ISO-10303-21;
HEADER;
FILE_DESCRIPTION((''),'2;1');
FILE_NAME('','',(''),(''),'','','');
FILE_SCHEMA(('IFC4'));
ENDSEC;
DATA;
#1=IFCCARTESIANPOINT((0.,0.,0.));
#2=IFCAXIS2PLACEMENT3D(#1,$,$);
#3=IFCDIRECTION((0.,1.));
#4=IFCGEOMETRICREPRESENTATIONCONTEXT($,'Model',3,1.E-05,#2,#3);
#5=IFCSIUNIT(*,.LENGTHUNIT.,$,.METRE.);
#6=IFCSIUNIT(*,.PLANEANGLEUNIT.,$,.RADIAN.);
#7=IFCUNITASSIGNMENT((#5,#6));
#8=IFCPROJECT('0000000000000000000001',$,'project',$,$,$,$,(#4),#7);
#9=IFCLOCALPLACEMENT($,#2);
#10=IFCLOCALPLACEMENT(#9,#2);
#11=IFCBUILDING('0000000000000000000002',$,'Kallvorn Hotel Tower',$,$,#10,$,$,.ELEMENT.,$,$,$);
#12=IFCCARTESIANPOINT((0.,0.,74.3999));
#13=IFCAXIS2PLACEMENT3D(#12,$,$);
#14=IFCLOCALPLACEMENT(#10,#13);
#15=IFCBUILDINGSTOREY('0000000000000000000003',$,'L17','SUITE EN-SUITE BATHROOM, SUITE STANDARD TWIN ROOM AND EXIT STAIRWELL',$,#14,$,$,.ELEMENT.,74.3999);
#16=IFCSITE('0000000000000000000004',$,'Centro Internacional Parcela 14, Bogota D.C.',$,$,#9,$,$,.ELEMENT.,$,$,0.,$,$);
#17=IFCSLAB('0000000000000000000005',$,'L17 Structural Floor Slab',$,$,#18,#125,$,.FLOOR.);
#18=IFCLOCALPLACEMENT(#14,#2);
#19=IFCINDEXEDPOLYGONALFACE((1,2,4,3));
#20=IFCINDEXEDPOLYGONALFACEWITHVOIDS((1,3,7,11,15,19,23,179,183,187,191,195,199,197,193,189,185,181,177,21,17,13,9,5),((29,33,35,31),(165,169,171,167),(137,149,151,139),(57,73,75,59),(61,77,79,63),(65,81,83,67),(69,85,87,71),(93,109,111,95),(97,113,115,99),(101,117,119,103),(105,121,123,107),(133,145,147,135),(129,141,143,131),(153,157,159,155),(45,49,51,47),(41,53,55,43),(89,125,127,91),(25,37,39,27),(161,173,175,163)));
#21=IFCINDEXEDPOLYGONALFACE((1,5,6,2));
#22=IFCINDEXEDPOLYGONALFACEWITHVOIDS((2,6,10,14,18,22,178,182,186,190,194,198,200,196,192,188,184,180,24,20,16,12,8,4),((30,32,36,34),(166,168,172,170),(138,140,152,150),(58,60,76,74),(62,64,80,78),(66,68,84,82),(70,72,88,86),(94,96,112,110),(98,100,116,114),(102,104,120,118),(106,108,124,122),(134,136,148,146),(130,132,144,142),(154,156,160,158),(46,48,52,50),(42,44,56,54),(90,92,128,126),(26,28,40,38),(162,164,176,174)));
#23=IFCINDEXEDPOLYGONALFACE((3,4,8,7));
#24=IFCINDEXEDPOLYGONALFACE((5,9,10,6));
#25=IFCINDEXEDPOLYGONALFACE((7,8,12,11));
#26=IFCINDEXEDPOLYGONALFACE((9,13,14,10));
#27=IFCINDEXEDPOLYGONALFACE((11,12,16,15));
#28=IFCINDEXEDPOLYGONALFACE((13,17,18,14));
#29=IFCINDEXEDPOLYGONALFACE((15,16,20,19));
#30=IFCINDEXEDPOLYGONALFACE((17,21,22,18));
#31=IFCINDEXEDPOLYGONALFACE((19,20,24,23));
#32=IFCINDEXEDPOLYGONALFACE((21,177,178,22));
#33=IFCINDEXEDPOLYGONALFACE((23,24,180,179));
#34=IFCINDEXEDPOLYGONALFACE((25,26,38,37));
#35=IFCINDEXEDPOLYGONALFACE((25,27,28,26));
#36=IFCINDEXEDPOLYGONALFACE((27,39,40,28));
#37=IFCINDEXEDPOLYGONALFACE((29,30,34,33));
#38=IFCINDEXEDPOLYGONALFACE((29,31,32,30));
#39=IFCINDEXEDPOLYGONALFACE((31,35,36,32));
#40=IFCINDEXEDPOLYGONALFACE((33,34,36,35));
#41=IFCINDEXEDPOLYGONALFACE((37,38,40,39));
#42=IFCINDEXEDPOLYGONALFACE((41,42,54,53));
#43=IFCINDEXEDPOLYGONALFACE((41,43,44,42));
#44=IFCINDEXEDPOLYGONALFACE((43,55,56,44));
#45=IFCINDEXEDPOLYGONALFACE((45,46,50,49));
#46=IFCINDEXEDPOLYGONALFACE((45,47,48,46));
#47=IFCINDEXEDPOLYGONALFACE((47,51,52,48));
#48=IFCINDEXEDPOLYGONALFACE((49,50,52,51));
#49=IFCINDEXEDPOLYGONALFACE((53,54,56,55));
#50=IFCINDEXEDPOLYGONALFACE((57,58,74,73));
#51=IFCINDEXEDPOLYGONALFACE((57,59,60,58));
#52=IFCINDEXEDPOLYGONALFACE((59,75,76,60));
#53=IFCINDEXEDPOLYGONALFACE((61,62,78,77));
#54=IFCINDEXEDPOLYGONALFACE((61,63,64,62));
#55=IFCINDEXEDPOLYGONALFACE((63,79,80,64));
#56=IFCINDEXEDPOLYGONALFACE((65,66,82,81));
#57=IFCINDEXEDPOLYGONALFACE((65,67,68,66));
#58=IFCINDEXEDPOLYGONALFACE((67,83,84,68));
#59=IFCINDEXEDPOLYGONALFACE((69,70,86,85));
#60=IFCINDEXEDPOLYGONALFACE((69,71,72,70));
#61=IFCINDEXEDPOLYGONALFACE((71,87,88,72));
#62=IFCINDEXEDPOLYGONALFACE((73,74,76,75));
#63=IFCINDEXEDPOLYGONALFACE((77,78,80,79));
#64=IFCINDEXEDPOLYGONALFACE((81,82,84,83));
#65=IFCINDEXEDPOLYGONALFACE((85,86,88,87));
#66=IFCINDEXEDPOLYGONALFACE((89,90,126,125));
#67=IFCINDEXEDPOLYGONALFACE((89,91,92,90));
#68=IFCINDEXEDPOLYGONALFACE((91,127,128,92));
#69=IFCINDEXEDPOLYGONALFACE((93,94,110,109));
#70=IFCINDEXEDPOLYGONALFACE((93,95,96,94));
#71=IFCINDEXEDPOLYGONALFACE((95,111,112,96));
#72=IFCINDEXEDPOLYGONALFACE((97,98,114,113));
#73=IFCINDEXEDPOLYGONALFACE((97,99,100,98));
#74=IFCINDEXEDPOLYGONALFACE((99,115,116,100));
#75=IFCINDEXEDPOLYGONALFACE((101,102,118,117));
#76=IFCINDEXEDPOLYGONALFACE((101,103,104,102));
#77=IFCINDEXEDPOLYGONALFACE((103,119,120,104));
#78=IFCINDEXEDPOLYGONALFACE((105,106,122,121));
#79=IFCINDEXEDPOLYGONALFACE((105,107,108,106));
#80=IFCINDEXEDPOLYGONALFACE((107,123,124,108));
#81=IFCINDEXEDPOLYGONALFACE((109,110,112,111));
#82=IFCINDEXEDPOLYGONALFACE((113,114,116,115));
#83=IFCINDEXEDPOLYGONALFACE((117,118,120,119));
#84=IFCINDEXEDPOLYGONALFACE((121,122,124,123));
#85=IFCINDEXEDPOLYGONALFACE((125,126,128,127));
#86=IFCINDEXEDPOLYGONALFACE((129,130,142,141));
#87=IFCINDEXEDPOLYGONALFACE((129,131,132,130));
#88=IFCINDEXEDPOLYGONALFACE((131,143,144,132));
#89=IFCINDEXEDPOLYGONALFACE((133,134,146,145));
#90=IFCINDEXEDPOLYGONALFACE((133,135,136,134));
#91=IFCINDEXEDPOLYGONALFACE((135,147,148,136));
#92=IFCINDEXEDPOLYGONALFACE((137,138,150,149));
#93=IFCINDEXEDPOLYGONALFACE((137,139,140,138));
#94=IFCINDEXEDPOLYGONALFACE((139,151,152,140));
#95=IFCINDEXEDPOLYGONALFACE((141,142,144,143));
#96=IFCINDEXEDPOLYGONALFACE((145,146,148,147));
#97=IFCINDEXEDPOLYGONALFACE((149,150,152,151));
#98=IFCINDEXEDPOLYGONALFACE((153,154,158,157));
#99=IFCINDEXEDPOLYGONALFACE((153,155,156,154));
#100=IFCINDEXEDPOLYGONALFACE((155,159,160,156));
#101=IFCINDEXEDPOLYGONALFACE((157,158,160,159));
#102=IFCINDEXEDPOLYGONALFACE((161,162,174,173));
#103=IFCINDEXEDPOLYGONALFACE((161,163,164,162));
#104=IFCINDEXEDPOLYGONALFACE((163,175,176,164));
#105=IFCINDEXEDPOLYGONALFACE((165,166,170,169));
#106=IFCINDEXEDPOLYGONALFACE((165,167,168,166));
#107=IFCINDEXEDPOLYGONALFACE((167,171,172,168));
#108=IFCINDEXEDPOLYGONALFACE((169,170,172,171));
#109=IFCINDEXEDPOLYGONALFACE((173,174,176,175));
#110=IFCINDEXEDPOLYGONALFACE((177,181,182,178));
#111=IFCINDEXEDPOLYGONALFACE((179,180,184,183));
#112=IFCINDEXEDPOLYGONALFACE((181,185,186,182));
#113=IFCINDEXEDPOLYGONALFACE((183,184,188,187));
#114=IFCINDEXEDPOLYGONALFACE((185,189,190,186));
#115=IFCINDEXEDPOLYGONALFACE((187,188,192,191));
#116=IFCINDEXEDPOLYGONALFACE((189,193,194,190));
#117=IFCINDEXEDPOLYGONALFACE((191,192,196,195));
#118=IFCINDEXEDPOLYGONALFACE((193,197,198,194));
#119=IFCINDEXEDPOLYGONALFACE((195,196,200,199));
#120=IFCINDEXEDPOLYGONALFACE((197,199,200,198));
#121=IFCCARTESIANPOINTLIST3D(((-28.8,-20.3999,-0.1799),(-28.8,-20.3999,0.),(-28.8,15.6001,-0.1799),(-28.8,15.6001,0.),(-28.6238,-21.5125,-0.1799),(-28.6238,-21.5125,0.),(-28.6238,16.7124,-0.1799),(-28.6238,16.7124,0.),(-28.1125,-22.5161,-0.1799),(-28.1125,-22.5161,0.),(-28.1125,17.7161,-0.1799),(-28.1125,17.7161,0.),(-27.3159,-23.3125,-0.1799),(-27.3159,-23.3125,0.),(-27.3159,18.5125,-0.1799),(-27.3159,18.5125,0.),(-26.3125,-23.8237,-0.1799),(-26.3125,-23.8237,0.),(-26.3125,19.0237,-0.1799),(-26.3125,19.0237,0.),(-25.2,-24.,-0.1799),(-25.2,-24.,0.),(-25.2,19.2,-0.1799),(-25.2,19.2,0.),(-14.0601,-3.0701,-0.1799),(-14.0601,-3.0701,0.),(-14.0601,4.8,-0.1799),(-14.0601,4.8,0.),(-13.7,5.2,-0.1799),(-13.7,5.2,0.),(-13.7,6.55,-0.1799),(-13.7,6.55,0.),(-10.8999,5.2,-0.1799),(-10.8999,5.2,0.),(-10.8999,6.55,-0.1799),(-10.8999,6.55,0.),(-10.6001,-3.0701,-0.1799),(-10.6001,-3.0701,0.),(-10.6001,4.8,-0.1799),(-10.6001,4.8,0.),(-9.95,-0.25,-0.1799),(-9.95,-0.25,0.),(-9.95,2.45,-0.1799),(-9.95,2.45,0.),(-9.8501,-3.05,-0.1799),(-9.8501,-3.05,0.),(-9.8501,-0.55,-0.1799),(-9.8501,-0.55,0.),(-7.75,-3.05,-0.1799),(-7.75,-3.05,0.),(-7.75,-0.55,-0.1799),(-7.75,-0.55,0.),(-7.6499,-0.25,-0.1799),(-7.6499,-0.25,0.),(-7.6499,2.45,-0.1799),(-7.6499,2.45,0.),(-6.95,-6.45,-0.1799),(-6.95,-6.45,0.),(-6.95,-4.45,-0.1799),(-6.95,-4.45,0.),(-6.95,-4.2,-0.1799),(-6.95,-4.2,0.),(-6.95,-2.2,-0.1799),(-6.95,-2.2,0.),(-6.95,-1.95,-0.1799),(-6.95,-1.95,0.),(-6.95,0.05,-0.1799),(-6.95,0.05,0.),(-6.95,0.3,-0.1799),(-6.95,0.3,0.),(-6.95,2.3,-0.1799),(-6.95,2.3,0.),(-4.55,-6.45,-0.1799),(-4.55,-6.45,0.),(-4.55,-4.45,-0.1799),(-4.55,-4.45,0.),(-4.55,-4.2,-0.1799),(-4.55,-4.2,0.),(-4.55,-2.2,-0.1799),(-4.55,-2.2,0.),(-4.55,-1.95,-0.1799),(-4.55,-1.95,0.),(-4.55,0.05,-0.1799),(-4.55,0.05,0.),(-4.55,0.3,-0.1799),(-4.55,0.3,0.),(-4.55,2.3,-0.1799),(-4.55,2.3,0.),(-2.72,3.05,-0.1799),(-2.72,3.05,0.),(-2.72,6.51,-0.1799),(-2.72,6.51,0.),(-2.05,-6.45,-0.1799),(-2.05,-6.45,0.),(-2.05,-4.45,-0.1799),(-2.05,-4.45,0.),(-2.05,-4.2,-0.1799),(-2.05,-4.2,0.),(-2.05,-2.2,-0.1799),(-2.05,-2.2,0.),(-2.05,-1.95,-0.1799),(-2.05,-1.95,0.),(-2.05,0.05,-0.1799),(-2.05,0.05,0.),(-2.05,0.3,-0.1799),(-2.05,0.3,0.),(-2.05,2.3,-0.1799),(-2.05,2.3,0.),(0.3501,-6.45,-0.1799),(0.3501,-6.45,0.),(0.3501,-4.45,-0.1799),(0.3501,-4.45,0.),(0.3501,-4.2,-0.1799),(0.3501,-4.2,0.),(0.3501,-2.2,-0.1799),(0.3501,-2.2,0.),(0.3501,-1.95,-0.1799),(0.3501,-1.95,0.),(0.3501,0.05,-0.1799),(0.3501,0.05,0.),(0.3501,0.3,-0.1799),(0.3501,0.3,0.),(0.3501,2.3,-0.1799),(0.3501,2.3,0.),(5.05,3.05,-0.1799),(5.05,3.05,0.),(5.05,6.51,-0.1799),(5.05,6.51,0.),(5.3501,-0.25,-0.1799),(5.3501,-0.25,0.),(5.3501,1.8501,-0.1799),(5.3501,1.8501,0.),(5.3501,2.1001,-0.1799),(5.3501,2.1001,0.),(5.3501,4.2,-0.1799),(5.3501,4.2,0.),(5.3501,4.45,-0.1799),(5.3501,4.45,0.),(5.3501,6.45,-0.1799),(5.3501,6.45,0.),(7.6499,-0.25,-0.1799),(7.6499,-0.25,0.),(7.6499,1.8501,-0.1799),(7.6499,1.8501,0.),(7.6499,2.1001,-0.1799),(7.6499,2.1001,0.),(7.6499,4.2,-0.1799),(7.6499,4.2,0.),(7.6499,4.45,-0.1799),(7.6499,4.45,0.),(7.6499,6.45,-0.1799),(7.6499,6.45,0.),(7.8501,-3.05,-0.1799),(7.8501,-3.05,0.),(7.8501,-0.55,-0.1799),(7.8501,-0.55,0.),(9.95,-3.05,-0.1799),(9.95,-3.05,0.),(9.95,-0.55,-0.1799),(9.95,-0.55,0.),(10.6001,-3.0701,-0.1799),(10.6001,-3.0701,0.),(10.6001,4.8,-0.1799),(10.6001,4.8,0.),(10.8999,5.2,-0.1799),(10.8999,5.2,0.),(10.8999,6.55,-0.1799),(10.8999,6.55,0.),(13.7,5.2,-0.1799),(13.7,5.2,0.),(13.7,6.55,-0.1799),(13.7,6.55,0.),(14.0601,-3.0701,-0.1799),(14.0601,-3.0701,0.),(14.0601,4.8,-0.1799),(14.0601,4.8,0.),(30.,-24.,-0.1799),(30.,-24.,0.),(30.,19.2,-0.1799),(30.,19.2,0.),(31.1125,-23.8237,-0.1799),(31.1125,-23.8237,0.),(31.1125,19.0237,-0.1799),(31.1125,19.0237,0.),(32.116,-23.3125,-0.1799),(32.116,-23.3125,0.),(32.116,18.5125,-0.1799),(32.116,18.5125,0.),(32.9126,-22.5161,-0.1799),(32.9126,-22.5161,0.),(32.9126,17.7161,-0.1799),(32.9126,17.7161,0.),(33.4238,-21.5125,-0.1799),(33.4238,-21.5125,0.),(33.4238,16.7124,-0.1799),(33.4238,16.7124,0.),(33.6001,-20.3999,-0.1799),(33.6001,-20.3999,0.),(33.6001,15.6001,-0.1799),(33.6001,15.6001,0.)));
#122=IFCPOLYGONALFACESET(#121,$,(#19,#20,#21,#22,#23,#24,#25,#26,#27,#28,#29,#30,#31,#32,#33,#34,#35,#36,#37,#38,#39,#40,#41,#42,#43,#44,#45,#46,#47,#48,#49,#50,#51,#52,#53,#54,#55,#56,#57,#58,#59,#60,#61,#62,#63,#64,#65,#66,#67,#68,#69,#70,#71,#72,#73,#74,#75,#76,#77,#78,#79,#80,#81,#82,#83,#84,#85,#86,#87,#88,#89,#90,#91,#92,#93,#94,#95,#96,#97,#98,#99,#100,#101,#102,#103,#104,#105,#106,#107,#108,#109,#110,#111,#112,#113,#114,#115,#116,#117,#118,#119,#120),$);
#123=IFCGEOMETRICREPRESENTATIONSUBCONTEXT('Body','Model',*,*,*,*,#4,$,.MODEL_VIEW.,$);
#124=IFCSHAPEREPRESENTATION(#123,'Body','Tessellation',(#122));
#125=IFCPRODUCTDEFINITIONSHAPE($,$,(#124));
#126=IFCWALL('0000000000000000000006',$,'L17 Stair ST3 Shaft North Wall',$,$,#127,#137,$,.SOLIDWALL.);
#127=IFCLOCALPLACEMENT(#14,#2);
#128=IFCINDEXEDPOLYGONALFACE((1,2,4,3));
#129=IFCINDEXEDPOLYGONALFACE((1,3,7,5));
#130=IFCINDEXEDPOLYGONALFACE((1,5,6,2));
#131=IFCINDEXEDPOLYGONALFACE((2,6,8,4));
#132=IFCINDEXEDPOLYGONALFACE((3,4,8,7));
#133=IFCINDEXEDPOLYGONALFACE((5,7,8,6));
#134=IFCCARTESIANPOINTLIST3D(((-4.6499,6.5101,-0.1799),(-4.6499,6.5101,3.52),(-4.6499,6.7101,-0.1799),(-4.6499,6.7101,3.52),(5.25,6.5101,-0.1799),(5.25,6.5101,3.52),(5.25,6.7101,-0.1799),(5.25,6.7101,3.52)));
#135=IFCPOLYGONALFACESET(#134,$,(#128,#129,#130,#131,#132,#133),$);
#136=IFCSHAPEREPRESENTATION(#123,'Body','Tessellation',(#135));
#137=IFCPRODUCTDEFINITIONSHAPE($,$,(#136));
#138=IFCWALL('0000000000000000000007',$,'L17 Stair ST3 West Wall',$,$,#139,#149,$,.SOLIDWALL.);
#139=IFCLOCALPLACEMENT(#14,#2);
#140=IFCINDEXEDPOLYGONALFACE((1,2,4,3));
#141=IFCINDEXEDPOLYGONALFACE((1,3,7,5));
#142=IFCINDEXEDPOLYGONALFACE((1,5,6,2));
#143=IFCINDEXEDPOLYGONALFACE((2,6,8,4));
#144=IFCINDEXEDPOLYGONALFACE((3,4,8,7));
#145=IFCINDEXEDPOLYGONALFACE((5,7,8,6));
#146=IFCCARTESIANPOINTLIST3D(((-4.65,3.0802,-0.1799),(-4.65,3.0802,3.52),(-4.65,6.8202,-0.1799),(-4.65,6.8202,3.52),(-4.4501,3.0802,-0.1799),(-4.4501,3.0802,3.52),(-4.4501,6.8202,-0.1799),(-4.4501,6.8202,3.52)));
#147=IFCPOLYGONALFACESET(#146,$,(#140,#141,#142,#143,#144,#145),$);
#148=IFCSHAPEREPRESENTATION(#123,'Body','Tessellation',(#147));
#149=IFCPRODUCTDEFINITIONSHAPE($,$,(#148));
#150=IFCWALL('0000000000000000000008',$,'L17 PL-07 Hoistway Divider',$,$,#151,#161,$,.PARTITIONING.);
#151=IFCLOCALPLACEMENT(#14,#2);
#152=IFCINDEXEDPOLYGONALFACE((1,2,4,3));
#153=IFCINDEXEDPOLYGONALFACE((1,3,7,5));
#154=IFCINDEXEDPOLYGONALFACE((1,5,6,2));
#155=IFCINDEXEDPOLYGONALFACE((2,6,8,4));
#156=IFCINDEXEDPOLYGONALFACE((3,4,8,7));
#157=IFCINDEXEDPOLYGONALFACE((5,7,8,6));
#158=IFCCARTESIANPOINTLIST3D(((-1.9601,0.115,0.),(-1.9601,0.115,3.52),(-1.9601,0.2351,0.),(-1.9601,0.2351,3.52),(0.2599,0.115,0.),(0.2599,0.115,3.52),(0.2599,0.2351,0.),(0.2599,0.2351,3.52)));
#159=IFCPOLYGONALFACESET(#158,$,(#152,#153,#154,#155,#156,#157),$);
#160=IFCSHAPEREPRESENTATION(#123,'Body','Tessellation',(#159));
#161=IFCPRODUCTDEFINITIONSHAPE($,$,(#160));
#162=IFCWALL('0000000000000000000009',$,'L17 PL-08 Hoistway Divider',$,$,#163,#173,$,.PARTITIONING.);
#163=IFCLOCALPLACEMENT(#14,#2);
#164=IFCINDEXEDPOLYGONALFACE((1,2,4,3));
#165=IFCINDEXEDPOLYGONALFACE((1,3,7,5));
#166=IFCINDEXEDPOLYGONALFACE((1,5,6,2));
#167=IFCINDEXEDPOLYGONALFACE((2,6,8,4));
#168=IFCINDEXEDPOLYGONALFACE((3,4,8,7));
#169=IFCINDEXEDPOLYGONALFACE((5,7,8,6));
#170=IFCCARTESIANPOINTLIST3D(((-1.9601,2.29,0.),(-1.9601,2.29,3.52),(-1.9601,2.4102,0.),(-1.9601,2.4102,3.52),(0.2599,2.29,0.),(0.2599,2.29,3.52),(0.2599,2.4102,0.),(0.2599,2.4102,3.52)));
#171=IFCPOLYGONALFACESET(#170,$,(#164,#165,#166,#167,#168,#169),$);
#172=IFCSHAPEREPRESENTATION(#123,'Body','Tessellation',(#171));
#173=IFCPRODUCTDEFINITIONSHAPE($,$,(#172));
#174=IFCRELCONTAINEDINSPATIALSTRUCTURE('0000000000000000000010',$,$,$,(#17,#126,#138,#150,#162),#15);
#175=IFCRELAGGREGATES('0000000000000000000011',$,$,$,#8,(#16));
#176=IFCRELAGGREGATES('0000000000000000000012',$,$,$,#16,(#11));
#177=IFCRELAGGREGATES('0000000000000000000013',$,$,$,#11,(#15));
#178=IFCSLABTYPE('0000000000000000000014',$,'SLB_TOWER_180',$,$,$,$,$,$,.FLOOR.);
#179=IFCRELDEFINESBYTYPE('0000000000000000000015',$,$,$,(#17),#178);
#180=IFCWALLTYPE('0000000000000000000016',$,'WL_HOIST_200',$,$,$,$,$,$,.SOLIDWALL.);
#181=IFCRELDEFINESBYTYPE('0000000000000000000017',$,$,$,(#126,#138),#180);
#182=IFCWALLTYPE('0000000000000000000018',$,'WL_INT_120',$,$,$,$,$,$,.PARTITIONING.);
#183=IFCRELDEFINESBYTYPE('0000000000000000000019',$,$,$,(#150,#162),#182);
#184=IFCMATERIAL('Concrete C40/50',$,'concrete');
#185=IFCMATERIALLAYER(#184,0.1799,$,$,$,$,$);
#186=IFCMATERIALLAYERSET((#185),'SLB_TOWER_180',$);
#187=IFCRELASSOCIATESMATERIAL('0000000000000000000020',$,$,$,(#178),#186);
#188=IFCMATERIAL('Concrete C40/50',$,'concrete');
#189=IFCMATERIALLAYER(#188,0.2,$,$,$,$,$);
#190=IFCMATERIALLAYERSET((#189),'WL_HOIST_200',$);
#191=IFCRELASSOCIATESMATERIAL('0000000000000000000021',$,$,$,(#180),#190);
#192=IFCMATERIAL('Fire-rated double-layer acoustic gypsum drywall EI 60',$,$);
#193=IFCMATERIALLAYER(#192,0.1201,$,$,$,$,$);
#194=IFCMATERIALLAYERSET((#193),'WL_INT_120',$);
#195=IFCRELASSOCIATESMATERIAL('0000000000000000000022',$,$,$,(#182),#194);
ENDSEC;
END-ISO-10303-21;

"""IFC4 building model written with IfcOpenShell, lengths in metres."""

from ifc_helpers import new_model, si_unit, direction, frame, frame_2d, origin, place, context, subcontext, project, spatial, polyline, rectangle, outline, extrude, material, layer, layer_set, type_object, element, save


model = new_model("IFC4")

# Units and contexts
model_context = context("Model", 3, precision=1e-05, world=origin(), true_north=direction((0.0, 1.0)))
body_context = subcontext(model_context, "Body", "Model", "MODEL_VIEW")
ifc_project = project(units=[si_unit("LENGTHUNIT", "METRE"), si_unit("PLANEANGLEUNIT", "RADIAN")], contexts=[model_context])

# Site, building, storey
site_placement = place(None, origin())
site = spatial("IfcSite", under=ifc_project, at=site_placement, Name="Centro Internacional Parcela 14, Bogota D.C.", CompositionType="ELEMENT", RefElevation=0.0)
building_placement = place(site_placement, origin())
building = spatial("IfcBuilding", under=site, at=building_placement, Name="Kallvorn Hotel Tower", CompositionType="ELEMENT")
storey_placement = place(building_placement, frame((0.0, 0.0, 74.3999)))
storey = spatial("IfcBuildingStorey", under=building, at=storey_placement, Name="L17", Description="SUITE EN-SUITE BATHROOM, SUITE STANDARD TWIN ROOM AND EXIT STAIRWELL", CompositionType="ELEMENT", Elevation=74.3999)

# Slab
ifc_material_1 = material(Name="Concrete C40/50", Category="concrete")
ifc_layer_1 = layer(ifc_material_1, 0.1799)
ifc_layer_set_1 = layer_set([ifc_layer_1], Name="SLB_TOWER_180")
slab_type_1 = type_object("IfcSlabType", Name="SLB_TOWER_180", PredefinedType="FLOOR", material=ifc_layer_set_1)
slab_1_placement = place(storey_placement, frame((0.0, 0.0, -0.1799)))
element("IfcSlab", 1, at=slab_1_placement, inside=storey, type_object=slab_type_1, Name="L17 Structural Floor Slab", PredefinedType="FLOOR", context=body_context, shape_type="SweptSolid", body=[
    extrude(outline(polyline([(30.0, -24.0), (31.1125, -23.8237), (32.116, -23.3125), (32.9126, -22.5161), (33.4238, -21.5125), (33.6001, -20.3999), (33.6001, 15.6001), (33.4238, 16.7124), (32.9126, 17.7161), (32.116, 18.5125), (31.1125, 19.0237), (30.0, 19.2), (-25.2, 19.2), (-26.3125, 19.0237), (-27.3159, 18.5125), (-28.1125, 17.7161), (-28.6238, 16.7124), (-28.8, 15.6001), (-28.8, -20.3999), (-28.6238, -21.5125), (-28.1125, -22.5161), (-27.3159, -23.3125), (-26.3125, -23.8237), (-25.2, -24.0), (30.0, -24.0)]), holes=[polyline([(-10.6001, -3.0701), (-10.6001, 4.8), (-14.0601, 4.8), (-14.0601, -3.0701), (-10.6001, -3.0701)]), polyline([(14.0601, -3.0701), (14.0601, 4.8), (10.6001, 4.8), (10.6001, -3.0701), (14.0601, -3.0701)]), polyline([(-2.72, 3.05), (5.05, 3.05), (5.05, 6.51), (-2.72, 6.51), (-2.72, 3.05)]), polyline([(-6.95, -6.45), (-4.55, -6.45), (-4.55, -4.45), (-6.95, -4.45), (-6.95, -6.45)]), polyline([(-6.95, -4.2), (-4.55, -4.2), (-4.55, -2.2), (-6.95, -2.2), (-6.95, -4.2)]), polyline([(-6.95, -1.95), (-4.55, -1.95), (-4.55, 0.05), (-6.95, 0.05), (-6.95, -1.95)]), polyline([(-6.95, 0.3), (-4.55, 0.3), (-4.55, 2.3), (-6.95, 2.3), (-6.95, 0.3)]), polyline([(-2.05, -6.45), (0.3501, -6.45), (0.3501, -4.45), (-2.05, -4.45), (-2.05, -6.45)]), polyline([(-2.05, -4.2), (0.3501, -4.2), (0.3501, -2.2), (-2.05, -2.2), (-2.05, -4.2)]), polyline([(-2.05, -1.95), (0.3501, -1.95), (0.3501, 0.05), (-2.05, 0.05), (-2.05, -1.95)]), polyline([(-2.05, 0.3), (0.3501, 0.3), (0.3501, 2.3), (-2.05, 2.3), (-2.05, 0.3)]), polyline([(5.3501, -0.25), (7.6499, -0.25), (7.6499, 1.8501), (5.3501, 1.8501), (5.3501, -0.25)]), polyline([(5.3501, 2.1001), (7.6499, 2.1001), (7.6499, 4.2), (5.3501, 4.2), (5.3501, 2.1001)]), polyline([(5.3501, 4.45), (7.6499, 4.45), (7.6499, 6.45), (5.3501, 6.45), (5.3501, 4.45)]), polyline([(-9.8501, -3.05), (-7.75, -3.05), (-7.75, -0.55), (-9.8501, -0.55), (-9.8501, -3.05)]), polyline([(7.8501, -3.05), (9.95, -3.05), (9.95, -0.55), (7.8501, -0.55), (7.8501, -3.05)]), polyline([(-9.95, -0.25), (-7.6499, -0.25), (-7.6499, 2.45), (-9.95, 2.45), (-9.95, -0.25)]), polyline([(-13.7, 5.2), (-10.8999, 5.2), (-10.8999, 6.55), (-13.7, 6.55), (-13.7, 5.2)]), polyline([(10.8999, 5.2), (13.7, 5.2), (13.7, 6.55), (10.8999, 6.55), (10.8999, 5.2)])]), origin(), (0.0, 0.0, 1.0), 0.1799),
])

# Walls
ifc_material_2 = material(Name="Concrete C40/50", Category="concrete")
ifc_layer_2 = layer(ifc_material_2, 0.2)
ifc_layer_set_2 = layer_set([ifc_layer_2], Name="WL_HOIST_200")
wall_type_1 = type_object("IfcWallType", Name="WL_HOIST_200", PredefinedType="SOLIDWALL", material=ifc_layer_set_2)
wall_1_placement = place(storey_placement, frame((-4.6499, 6.6101, -0.1799), z_axis=(0.0, 0.0, 1.0), x_axis=(1.0, 0.0, 0.0)))
element("IfcWall", 2, at=wall_1_placement, inside=storey, type_object=wall_type_1, Name="L17 Stair ST3 Shaft North Wall", PredefinedType="SOLIDWALL", context=body_context, shape_type="SweptSolid", body=[
    extrude(rectangle(XDim=9.8999, YDim=0.2, at=frame_2d((4.95, 0.0))), origin(), (0.0, 0.0, 1.0), 3.7),
])
wall_2_placement = place(storey_placement, frame((-4.55, 3.0801, -0.1799), z_axis=(0.0, 0.0, 1.0), x_axis=(0.0, 1.0, 0.0)))
element("IfcWall", 3, at=wall_2_placement, inside=storey, type_object=wall_type_1, Name="L17 Stair ST3 West Wall", PredefinedType="SOLIDWALL", context=body_context, shape_type="SweptSolid", body=[
    extrude(rectangle(XDim=3.74, YDim=0.2, at=frame_2d((1.8701, 0.0))), origin(), (0.0, 0.0, 1.0), 3.7),
])
ifc_material_3 = material(Name="Fire-rated double-layer acoustic gypsum drywall EI 60")
ifc_layer_3 = layer(ifc_material_3, 0.1201)
ifc_layer_set_3 = layer_set([ifc_layer_3], Name="WL_INT_120")
wall_type_2 = type_object("IfcWallType", Name="WL_INT_120", PredefinedType="PARTITIONING", material=ifc_layer_set_3)
for number, where, z_axis, x_axis, name in (
    (4, (-1.96, 0.175, 0.0), (0.0, 0.0, 1.0), (1.0, 0.0, 0.0), "L17 PL-07 Hoistway Divider"),
    (5, (-1.96, 2.3501, 0.0), (0.0, 0.0, 1.0), (1.0, 0.0, 0.0), "L17 PL-08 Hoistway Divider"),
):
    element("IfcWall", number, at=place(storey_placement, frame(where, z_axis=z_axis, x_axis=x_axis)), inside=storey, type_object=wall_type_2, Name=name, PredefinedType="PARTITIONING", context=body_context, shape_type="SweptSolid", body=[
        extrude(rectangle(XDim=2.22, YDim=0.1201, at=frame_2d((1.1099, 0.0))), origin(), (0.0, 0.0, 1.0), 3.52),
    ])

save(model, "model.ifc")
